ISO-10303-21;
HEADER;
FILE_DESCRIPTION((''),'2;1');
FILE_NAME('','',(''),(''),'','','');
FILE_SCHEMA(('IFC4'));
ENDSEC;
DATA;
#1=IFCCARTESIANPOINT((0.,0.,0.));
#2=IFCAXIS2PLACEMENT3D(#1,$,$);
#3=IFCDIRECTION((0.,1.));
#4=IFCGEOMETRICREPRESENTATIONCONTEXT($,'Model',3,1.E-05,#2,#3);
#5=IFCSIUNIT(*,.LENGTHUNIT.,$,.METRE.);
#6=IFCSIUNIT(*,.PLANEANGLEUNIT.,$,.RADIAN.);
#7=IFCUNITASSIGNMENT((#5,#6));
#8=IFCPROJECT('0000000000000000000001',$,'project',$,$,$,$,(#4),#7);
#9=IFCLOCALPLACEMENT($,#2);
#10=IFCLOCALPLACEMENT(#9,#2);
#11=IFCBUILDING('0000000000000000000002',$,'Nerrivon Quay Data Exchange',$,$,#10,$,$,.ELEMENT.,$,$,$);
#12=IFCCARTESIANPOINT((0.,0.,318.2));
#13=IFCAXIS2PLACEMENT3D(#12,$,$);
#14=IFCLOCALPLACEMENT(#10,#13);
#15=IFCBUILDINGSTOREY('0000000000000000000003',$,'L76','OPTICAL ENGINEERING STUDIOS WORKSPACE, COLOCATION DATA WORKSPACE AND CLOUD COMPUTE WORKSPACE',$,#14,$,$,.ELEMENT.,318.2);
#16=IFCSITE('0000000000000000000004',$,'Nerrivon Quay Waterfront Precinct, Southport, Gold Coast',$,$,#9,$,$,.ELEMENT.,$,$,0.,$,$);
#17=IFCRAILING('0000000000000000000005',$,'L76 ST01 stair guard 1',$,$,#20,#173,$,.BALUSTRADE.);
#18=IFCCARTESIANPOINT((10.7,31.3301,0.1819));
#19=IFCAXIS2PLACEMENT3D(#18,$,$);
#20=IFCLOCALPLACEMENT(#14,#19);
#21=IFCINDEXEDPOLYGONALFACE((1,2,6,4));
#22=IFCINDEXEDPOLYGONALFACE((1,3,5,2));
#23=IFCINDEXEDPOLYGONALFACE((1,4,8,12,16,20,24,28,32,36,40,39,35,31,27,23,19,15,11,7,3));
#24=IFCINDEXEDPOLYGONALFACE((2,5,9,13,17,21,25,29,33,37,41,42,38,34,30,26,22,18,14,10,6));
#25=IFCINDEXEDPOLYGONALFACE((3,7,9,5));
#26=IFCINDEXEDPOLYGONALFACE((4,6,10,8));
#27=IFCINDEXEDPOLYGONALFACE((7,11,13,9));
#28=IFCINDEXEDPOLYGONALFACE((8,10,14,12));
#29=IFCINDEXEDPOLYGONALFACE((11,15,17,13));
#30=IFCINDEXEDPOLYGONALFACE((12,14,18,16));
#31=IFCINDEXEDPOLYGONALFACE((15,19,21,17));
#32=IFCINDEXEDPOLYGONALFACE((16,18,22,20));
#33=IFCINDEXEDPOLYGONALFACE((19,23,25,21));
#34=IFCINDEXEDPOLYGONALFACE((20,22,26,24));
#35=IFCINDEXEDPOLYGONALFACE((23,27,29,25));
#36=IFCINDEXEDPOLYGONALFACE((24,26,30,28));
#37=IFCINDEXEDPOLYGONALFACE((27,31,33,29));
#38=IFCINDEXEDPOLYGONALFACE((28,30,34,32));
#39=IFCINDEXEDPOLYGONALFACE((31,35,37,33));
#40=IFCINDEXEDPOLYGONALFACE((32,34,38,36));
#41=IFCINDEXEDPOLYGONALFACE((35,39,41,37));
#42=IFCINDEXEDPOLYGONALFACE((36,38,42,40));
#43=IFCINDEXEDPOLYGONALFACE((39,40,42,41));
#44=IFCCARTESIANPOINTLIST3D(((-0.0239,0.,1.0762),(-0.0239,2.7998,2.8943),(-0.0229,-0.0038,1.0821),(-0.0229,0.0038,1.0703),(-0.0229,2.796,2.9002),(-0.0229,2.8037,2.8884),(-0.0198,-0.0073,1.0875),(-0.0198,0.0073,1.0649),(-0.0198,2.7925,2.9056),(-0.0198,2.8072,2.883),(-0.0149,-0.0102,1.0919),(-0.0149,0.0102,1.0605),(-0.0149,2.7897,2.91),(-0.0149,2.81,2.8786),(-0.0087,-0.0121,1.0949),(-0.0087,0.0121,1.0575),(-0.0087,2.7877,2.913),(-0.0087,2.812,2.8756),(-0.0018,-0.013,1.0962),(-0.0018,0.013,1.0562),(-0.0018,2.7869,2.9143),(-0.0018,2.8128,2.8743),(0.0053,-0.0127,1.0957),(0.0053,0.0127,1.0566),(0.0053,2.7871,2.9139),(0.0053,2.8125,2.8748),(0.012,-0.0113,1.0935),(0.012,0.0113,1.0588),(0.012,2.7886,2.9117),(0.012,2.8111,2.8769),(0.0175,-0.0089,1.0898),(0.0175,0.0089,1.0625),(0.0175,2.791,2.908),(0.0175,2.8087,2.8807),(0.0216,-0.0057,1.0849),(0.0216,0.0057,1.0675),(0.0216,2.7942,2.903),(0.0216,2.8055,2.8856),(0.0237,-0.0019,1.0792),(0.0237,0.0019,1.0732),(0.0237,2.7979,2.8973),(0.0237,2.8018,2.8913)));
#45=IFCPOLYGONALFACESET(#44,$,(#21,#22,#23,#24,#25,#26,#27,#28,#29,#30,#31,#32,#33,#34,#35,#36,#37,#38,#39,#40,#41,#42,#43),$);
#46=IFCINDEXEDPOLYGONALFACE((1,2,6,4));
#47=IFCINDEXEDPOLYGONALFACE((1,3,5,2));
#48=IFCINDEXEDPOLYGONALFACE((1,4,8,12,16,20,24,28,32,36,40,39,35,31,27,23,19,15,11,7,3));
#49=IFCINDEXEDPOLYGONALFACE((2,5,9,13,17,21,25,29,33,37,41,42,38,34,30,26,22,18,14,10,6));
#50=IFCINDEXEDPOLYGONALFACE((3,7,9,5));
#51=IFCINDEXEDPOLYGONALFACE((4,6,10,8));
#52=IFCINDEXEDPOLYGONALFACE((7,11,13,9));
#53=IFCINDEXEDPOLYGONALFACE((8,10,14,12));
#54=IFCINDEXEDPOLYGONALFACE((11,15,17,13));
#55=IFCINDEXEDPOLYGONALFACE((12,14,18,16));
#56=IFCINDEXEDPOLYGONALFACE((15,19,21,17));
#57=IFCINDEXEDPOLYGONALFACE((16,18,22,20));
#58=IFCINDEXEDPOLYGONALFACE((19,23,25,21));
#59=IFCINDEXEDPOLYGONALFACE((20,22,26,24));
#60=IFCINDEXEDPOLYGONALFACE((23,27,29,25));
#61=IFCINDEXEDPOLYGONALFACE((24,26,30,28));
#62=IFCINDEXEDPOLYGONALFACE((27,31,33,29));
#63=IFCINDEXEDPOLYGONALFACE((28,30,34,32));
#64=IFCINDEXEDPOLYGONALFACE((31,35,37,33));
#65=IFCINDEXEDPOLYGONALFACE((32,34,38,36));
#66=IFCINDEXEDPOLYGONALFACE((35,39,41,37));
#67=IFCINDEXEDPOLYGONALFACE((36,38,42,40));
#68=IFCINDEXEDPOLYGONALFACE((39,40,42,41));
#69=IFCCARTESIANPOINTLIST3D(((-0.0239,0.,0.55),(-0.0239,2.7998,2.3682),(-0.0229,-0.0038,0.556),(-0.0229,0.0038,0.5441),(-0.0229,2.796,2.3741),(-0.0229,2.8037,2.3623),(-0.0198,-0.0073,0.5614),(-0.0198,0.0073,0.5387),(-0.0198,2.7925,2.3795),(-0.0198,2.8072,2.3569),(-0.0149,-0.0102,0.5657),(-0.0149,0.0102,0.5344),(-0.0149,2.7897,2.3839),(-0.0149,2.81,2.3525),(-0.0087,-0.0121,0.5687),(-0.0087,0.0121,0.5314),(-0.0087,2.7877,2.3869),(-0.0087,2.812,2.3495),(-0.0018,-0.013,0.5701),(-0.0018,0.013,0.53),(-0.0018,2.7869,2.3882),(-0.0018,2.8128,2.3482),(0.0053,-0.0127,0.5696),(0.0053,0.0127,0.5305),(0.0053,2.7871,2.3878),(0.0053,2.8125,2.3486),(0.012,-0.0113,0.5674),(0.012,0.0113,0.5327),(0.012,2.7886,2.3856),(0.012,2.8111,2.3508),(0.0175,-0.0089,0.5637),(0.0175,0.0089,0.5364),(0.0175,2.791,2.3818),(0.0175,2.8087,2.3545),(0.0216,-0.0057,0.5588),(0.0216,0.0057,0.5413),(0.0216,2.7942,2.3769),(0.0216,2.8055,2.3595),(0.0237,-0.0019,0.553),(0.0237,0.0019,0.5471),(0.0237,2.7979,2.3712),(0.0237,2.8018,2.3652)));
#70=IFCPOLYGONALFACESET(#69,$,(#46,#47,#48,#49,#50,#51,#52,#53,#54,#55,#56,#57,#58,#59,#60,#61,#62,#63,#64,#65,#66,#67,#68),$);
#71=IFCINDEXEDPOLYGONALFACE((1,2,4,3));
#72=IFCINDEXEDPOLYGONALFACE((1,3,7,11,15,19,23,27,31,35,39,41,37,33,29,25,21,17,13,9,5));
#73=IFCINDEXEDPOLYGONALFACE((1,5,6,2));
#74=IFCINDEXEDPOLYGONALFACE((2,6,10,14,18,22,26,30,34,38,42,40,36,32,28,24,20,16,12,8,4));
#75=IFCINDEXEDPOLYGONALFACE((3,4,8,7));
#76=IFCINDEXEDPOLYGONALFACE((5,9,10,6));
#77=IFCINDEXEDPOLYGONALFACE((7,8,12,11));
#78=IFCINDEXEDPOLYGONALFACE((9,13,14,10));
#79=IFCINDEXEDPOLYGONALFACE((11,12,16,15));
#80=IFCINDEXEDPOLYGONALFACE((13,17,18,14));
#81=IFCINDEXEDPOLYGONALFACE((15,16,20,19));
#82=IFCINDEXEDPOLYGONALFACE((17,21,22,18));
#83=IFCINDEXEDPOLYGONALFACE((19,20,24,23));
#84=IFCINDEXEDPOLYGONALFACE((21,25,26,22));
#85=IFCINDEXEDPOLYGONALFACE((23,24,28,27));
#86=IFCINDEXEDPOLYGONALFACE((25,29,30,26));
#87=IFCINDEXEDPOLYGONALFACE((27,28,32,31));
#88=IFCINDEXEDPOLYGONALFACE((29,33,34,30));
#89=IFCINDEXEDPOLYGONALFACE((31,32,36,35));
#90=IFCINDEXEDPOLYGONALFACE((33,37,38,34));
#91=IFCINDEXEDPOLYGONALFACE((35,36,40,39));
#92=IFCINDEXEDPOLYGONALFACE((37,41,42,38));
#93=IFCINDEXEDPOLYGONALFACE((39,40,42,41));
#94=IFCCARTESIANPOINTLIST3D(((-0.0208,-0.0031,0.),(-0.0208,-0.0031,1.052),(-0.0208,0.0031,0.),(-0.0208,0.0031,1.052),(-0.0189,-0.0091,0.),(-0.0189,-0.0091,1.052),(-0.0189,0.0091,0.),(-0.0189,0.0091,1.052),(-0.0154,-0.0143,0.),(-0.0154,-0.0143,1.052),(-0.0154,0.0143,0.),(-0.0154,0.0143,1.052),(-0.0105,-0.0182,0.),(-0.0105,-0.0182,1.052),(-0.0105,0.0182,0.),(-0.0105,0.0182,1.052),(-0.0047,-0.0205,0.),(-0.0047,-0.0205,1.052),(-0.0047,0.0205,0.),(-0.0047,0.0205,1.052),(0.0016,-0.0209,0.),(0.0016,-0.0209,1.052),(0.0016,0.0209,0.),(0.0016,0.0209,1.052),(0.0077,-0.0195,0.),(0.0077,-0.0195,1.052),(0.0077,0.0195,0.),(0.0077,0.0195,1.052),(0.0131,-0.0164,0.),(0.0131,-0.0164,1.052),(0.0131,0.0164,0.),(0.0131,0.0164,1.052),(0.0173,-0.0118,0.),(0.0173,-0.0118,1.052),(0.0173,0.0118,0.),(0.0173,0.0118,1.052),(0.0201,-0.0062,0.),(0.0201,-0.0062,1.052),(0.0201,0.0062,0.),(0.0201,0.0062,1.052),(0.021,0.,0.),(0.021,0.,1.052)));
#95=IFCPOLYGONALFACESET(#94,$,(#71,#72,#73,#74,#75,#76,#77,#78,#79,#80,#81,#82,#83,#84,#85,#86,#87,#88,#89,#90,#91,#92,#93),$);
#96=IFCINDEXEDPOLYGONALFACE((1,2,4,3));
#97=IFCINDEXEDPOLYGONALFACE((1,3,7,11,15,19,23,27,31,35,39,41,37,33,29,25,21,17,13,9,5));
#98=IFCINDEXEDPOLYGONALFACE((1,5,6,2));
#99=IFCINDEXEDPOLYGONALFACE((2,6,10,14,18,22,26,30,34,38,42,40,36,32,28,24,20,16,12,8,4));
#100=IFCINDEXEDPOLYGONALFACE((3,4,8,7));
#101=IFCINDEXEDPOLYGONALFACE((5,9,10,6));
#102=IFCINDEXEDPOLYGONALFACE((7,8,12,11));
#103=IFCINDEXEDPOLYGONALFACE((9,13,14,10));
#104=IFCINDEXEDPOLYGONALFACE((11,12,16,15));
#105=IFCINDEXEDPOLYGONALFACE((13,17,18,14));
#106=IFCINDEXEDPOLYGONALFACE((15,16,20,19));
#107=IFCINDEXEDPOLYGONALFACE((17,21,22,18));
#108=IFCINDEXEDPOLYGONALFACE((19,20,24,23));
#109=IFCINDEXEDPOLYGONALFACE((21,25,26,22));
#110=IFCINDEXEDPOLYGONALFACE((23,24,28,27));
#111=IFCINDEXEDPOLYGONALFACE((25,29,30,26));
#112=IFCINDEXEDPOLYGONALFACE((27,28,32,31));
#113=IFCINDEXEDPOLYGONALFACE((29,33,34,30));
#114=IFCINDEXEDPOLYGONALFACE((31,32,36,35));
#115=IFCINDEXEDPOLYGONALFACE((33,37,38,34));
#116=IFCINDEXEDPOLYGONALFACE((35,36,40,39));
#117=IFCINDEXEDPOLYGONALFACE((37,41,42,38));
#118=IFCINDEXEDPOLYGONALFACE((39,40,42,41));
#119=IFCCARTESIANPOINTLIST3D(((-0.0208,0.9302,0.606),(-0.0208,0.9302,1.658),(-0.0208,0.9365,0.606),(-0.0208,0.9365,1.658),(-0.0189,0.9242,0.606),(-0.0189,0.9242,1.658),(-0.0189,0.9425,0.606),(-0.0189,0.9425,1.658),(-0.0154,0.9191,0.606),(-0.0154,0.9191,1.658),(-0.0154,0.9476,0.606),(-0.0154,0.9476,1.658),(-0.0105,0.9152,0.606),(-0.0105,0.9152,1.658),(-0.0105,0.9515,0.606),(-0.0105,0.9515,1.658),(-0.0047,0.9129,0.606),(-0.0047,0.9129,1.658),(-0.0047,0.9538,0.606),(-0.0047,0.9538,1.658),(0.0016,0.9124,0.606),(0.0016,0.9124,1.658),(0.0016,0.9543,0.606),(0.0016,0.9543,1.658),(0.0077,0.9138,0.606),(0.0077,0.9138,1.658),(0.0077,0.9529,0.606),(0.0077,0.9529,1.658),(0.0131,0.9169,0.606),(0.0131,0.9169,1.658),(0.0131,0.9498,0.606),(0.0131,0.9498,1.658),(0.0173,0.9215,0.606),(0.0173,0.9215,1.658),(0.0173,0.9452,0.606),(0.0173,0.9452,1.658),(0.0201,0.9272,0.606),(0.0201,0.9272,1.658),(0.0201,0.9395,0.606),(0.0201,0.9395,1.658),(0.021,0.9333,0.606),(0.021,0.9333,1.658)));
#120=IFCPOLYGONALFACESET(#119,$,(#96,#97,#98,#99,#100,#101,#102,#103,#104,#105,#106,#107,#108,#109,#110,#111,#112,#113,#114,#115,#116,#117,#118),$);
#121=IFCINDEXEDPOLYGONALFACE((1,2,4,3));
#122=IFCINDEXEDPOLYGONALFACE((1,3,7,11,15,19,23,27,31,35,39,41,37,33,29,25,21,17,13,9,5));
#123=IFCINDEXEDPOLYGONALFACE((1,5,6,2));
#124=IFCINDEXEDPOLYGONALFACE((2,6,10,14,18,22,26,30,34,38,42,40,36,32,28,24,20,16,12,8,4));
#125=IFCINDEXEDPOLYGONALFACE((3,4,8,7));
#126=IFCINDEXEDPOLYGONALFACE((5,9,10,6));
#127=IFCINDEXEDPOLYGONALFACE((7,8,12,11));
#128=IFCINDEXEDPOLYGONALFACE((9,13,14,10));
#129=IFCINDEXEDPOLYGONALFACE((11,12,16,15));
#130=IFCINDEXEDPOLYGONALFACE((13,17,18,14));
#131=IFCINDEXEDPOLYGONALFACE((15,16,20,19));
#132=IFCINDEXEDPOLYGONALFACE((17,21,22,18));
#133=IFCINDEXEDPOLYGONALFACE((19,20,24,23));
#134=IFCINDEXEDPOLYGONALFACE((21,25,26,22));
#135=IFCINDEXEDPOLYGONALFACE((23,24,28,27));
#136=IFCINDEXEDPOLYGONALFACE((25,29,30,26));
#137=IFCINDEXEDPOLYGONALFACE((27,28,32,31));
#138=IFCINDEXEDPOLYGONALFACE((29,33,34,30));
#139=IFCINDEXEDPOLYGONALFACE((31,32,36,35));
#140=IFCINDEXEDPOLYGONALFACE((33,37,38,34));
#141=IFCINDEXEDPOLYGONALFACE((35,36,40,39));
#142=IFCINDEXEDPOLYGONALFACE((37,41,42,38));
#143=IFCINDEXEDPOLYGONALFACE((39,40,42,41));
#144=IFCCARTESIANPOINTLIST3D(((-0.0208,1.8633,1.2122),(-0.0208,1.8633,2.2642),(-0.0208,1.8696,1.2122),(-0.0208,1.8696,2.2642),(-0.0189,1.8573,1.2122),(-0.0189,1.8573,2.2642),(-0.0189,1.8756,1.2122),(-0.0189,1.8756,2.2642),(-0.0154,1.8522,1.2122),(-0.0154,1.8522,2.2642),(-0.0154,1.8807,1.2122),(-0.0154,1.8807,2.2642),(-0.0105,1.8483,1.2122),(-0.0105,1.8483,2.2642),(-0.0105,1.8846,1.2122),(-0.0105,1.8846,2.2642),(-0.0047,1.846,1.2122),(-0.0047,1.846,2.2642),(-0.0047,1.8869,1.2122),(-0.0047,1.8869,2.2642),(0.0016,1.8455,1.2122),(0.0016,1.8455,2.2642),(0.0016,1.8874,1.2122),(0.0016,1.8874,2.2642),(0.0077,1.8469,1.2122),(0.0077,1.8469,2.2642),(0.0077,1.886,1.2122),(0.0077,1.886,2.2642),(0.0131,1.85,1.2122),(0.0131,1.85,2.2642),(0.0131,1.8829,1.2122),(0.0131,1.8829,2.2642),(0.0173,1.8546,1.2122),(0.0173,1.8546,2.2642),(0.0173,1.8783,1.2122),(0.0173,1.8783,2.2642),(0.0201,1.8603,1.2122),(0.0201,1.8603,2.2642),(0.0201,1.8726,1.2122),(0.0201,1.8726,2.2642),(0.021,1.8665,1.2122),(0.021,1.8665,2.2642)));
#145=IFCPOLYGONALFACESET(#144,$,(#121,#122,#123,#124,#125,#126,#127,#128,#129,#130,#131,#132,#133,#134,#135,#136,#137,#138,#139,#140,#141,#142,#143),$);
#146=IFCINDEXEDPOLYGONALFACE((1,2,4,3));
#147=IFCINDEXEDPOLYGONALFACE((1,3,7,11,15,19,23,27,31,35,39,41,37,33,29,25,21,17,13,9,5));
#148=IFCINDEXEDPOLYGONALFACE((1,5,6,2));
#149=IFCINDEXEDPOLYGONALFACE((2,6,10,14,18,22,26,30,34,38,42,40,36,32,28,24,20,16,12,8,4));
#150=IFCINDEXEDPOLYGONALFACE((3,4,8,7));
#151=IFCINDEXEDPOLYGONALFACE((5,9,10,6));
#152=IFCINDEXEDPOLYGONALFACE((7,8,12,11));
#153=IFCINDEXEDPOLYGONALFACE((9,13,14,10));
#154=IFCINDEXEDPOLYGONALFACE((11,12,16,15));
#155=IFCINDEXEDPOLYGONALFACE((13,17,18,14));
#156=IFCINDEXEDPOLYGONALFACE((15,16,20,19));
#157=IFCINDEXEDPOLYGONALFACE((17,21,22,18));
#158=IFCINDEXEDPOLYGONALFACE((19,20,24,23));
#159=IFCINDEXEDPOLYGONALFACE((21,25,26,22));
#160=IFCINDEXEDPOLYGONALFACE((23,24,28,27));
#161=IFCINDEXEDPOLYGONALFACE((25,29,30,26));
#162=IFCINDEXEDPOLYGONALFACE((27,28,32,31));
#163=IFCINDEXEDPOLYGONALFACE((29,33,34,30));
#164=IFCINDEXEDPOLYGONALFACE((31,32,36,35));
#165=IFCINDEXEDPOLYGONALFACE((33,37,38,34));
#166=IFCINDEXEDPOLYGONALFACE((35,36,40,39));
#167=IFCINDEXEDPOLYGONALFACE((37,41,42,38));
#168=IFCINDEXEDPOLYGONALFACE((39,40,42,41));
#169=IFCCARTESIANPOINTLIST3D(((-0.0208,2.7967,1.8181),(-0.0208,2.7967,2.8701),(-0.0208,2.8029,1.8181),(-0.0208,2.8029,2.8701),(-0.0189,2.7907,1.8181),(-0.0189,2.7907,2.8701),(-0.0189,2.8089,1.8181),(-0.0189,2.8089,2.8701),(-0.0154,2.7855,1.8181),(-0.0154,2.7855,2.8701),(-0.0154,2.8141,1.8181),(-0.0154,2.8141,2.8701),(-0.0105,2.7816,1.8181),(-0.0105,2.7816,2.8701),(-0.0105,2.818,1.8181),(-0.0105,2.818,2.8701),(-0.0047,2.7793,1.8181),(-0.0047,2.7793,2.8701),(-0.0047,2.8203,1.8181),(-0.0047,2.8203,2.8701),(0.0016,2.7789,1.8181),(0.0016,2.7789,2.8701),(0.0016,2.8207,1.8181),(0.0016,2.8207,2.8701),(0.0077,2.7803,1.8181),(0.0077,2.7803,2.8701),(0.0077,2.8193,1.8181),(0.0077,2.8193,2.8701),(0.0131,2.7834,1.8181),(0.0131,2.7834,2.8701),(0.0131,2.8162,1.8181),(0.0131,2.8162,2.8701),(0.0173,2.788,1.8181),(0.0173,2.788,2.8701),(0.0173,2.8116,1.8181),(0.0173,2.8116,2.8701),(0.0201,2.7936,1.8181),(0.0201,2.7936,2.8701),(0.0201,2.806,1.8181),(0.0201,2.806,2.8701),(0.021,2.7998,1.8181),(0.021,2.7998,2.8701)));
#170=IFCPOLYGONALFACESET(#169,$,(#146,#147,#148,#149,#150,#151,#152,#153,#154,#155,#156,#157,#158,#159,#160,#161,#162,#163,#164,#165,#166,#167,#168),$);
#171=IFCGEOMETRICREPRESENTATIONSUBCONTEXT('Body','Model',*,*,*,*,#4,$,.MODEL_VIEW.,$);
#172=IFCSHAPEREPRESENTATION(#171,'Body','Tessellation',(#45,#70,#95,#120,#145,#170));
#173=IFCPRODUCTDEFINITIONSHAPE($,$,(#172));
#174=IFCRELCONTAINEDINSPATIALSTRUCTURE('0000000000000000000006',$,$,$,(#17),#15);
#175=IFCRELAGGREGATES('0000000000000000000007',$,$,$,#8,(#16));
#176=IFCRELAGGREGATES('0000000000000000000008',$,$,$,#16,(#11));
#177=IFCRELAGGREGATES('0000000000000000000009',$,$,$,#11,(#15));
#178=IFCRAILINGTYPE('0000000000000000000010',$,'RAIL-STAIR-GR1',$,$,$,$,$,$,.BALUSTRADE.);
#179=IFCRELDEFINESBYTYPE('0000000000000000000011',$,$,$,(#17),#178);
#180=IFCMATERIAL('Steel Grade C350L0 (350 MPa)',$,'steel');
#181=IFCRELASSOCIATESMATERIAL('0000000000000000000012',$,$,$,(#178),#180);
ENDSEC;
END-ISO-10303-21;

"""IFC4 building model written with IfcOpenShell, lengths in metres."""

from ifc_helpers import new_model, si_unit, direction, frame, origin, origin_2d, place, context, subcontext, project, spatial, circle, extrude, material, type_object, element, save


model = new_model("IFC4")

# Units and contexts
model_context = context("Model", 3, precision=1e-05, world=origin(), true_north=direction((0.0, 1.0)))
body_context = subcontext(model_context, "Body", "Model", "MODEL_VIEW")
ifc_project = project(units=[si_unit("LENGTHUNIT", "METRE"), si_unit("PLANEANGLEUNIT", "RADIAN")], contexts=[model_context])

# Site, building, storey
site_placement = place(None, origin())
site = spatial("IfcSite", under=ifc_project, at=site_placement, Name="Nerrivon Quay Waterfront Precinct, Southport, Gold Coast", CompositionType="ELEMENT", RefElevation=0.0)
building_placement = place(site_placement, origin())
building = spatial("IfcBuilding", under=site, at=building_placement, Name="Nerrivon Quay Data Exchange", CompositionType="ELEMENT")
storey_placement = place(building_placement, frame((0.0, 0.0, 318.2)))
storey = spatial("IfcBuildingStorey", under=building, at=storey_placement, Name="L76", Description="OPTICAL ENGINEERING STUDIOS WORKSPACE, COLOCATION DATA WORKSPACE AND CLOUD COMPUTE WORKSPACE", CompositionType="ELEMENT", Elevation=318.2)

# Shared definitions
ifc_material_1 = material(Name="Steel Grade C350L0 (350 MPa)", Category="steel")

# Railing
railing_type_1 = type_object("IfcRailingType", Name="RAIL-STAIR-GR1", PredefinedType="BALUSTRADE", material=ifc_material_1)
railing_1_placement = place(storey_placement, frame((10.7, 31.3301, 0.1819)))
element("IfcRailing", 1, at=railing_1_placement, inside=storey, type_object=railing_type_1, Name="L76 ST01 stair guard 1", PredefinedType="BALUSTRADE", context=body_context, shape_type="SweptSolid", body=[
    extrude(circle(Radius=0.0239, at=origin_2d()), frame((0.0, 0.0, 1.0762), z_axis=(0.0, 0.838684, 0.544618), x_axis=(-1.0, 0.0, 0.0)), (0.0, 0.0, 1.0), 3.3384),
    extrude(circle(Radius=0.0239, at=origin_2d()), frame((0.0, 0.0, 0.55), z_axis=(0.0, 0.838684, 0.544618), x_axis=(-1.0, 0.0, 0.0)), (0.0, 0.0, 1.0), 3.3384),
    extrude(circle(Radius=0.021, at=origin_2d()), origin(), (0.0, 0.0, 1.0), 1.052),
    extrude(circle(Radius=0.021, at=origin_2d()), frame((0.0, 0.9333, 0.606)), (0.0, 0.0, 1.0), 1.052),
    extrude(circle(Radius=0.021, at=origin_2d()), frame((0.0, 1.8665, 1.2122)), (0.0, 0.0, 1.0), 1.052),
    extrude(circle(Radius=0.021, at=origin_2d()), frame((0.0, 2.7998, 1.8181)), (0.0, 0.0, 1.0), 1.052),
])

save(model, "model.ifc")
